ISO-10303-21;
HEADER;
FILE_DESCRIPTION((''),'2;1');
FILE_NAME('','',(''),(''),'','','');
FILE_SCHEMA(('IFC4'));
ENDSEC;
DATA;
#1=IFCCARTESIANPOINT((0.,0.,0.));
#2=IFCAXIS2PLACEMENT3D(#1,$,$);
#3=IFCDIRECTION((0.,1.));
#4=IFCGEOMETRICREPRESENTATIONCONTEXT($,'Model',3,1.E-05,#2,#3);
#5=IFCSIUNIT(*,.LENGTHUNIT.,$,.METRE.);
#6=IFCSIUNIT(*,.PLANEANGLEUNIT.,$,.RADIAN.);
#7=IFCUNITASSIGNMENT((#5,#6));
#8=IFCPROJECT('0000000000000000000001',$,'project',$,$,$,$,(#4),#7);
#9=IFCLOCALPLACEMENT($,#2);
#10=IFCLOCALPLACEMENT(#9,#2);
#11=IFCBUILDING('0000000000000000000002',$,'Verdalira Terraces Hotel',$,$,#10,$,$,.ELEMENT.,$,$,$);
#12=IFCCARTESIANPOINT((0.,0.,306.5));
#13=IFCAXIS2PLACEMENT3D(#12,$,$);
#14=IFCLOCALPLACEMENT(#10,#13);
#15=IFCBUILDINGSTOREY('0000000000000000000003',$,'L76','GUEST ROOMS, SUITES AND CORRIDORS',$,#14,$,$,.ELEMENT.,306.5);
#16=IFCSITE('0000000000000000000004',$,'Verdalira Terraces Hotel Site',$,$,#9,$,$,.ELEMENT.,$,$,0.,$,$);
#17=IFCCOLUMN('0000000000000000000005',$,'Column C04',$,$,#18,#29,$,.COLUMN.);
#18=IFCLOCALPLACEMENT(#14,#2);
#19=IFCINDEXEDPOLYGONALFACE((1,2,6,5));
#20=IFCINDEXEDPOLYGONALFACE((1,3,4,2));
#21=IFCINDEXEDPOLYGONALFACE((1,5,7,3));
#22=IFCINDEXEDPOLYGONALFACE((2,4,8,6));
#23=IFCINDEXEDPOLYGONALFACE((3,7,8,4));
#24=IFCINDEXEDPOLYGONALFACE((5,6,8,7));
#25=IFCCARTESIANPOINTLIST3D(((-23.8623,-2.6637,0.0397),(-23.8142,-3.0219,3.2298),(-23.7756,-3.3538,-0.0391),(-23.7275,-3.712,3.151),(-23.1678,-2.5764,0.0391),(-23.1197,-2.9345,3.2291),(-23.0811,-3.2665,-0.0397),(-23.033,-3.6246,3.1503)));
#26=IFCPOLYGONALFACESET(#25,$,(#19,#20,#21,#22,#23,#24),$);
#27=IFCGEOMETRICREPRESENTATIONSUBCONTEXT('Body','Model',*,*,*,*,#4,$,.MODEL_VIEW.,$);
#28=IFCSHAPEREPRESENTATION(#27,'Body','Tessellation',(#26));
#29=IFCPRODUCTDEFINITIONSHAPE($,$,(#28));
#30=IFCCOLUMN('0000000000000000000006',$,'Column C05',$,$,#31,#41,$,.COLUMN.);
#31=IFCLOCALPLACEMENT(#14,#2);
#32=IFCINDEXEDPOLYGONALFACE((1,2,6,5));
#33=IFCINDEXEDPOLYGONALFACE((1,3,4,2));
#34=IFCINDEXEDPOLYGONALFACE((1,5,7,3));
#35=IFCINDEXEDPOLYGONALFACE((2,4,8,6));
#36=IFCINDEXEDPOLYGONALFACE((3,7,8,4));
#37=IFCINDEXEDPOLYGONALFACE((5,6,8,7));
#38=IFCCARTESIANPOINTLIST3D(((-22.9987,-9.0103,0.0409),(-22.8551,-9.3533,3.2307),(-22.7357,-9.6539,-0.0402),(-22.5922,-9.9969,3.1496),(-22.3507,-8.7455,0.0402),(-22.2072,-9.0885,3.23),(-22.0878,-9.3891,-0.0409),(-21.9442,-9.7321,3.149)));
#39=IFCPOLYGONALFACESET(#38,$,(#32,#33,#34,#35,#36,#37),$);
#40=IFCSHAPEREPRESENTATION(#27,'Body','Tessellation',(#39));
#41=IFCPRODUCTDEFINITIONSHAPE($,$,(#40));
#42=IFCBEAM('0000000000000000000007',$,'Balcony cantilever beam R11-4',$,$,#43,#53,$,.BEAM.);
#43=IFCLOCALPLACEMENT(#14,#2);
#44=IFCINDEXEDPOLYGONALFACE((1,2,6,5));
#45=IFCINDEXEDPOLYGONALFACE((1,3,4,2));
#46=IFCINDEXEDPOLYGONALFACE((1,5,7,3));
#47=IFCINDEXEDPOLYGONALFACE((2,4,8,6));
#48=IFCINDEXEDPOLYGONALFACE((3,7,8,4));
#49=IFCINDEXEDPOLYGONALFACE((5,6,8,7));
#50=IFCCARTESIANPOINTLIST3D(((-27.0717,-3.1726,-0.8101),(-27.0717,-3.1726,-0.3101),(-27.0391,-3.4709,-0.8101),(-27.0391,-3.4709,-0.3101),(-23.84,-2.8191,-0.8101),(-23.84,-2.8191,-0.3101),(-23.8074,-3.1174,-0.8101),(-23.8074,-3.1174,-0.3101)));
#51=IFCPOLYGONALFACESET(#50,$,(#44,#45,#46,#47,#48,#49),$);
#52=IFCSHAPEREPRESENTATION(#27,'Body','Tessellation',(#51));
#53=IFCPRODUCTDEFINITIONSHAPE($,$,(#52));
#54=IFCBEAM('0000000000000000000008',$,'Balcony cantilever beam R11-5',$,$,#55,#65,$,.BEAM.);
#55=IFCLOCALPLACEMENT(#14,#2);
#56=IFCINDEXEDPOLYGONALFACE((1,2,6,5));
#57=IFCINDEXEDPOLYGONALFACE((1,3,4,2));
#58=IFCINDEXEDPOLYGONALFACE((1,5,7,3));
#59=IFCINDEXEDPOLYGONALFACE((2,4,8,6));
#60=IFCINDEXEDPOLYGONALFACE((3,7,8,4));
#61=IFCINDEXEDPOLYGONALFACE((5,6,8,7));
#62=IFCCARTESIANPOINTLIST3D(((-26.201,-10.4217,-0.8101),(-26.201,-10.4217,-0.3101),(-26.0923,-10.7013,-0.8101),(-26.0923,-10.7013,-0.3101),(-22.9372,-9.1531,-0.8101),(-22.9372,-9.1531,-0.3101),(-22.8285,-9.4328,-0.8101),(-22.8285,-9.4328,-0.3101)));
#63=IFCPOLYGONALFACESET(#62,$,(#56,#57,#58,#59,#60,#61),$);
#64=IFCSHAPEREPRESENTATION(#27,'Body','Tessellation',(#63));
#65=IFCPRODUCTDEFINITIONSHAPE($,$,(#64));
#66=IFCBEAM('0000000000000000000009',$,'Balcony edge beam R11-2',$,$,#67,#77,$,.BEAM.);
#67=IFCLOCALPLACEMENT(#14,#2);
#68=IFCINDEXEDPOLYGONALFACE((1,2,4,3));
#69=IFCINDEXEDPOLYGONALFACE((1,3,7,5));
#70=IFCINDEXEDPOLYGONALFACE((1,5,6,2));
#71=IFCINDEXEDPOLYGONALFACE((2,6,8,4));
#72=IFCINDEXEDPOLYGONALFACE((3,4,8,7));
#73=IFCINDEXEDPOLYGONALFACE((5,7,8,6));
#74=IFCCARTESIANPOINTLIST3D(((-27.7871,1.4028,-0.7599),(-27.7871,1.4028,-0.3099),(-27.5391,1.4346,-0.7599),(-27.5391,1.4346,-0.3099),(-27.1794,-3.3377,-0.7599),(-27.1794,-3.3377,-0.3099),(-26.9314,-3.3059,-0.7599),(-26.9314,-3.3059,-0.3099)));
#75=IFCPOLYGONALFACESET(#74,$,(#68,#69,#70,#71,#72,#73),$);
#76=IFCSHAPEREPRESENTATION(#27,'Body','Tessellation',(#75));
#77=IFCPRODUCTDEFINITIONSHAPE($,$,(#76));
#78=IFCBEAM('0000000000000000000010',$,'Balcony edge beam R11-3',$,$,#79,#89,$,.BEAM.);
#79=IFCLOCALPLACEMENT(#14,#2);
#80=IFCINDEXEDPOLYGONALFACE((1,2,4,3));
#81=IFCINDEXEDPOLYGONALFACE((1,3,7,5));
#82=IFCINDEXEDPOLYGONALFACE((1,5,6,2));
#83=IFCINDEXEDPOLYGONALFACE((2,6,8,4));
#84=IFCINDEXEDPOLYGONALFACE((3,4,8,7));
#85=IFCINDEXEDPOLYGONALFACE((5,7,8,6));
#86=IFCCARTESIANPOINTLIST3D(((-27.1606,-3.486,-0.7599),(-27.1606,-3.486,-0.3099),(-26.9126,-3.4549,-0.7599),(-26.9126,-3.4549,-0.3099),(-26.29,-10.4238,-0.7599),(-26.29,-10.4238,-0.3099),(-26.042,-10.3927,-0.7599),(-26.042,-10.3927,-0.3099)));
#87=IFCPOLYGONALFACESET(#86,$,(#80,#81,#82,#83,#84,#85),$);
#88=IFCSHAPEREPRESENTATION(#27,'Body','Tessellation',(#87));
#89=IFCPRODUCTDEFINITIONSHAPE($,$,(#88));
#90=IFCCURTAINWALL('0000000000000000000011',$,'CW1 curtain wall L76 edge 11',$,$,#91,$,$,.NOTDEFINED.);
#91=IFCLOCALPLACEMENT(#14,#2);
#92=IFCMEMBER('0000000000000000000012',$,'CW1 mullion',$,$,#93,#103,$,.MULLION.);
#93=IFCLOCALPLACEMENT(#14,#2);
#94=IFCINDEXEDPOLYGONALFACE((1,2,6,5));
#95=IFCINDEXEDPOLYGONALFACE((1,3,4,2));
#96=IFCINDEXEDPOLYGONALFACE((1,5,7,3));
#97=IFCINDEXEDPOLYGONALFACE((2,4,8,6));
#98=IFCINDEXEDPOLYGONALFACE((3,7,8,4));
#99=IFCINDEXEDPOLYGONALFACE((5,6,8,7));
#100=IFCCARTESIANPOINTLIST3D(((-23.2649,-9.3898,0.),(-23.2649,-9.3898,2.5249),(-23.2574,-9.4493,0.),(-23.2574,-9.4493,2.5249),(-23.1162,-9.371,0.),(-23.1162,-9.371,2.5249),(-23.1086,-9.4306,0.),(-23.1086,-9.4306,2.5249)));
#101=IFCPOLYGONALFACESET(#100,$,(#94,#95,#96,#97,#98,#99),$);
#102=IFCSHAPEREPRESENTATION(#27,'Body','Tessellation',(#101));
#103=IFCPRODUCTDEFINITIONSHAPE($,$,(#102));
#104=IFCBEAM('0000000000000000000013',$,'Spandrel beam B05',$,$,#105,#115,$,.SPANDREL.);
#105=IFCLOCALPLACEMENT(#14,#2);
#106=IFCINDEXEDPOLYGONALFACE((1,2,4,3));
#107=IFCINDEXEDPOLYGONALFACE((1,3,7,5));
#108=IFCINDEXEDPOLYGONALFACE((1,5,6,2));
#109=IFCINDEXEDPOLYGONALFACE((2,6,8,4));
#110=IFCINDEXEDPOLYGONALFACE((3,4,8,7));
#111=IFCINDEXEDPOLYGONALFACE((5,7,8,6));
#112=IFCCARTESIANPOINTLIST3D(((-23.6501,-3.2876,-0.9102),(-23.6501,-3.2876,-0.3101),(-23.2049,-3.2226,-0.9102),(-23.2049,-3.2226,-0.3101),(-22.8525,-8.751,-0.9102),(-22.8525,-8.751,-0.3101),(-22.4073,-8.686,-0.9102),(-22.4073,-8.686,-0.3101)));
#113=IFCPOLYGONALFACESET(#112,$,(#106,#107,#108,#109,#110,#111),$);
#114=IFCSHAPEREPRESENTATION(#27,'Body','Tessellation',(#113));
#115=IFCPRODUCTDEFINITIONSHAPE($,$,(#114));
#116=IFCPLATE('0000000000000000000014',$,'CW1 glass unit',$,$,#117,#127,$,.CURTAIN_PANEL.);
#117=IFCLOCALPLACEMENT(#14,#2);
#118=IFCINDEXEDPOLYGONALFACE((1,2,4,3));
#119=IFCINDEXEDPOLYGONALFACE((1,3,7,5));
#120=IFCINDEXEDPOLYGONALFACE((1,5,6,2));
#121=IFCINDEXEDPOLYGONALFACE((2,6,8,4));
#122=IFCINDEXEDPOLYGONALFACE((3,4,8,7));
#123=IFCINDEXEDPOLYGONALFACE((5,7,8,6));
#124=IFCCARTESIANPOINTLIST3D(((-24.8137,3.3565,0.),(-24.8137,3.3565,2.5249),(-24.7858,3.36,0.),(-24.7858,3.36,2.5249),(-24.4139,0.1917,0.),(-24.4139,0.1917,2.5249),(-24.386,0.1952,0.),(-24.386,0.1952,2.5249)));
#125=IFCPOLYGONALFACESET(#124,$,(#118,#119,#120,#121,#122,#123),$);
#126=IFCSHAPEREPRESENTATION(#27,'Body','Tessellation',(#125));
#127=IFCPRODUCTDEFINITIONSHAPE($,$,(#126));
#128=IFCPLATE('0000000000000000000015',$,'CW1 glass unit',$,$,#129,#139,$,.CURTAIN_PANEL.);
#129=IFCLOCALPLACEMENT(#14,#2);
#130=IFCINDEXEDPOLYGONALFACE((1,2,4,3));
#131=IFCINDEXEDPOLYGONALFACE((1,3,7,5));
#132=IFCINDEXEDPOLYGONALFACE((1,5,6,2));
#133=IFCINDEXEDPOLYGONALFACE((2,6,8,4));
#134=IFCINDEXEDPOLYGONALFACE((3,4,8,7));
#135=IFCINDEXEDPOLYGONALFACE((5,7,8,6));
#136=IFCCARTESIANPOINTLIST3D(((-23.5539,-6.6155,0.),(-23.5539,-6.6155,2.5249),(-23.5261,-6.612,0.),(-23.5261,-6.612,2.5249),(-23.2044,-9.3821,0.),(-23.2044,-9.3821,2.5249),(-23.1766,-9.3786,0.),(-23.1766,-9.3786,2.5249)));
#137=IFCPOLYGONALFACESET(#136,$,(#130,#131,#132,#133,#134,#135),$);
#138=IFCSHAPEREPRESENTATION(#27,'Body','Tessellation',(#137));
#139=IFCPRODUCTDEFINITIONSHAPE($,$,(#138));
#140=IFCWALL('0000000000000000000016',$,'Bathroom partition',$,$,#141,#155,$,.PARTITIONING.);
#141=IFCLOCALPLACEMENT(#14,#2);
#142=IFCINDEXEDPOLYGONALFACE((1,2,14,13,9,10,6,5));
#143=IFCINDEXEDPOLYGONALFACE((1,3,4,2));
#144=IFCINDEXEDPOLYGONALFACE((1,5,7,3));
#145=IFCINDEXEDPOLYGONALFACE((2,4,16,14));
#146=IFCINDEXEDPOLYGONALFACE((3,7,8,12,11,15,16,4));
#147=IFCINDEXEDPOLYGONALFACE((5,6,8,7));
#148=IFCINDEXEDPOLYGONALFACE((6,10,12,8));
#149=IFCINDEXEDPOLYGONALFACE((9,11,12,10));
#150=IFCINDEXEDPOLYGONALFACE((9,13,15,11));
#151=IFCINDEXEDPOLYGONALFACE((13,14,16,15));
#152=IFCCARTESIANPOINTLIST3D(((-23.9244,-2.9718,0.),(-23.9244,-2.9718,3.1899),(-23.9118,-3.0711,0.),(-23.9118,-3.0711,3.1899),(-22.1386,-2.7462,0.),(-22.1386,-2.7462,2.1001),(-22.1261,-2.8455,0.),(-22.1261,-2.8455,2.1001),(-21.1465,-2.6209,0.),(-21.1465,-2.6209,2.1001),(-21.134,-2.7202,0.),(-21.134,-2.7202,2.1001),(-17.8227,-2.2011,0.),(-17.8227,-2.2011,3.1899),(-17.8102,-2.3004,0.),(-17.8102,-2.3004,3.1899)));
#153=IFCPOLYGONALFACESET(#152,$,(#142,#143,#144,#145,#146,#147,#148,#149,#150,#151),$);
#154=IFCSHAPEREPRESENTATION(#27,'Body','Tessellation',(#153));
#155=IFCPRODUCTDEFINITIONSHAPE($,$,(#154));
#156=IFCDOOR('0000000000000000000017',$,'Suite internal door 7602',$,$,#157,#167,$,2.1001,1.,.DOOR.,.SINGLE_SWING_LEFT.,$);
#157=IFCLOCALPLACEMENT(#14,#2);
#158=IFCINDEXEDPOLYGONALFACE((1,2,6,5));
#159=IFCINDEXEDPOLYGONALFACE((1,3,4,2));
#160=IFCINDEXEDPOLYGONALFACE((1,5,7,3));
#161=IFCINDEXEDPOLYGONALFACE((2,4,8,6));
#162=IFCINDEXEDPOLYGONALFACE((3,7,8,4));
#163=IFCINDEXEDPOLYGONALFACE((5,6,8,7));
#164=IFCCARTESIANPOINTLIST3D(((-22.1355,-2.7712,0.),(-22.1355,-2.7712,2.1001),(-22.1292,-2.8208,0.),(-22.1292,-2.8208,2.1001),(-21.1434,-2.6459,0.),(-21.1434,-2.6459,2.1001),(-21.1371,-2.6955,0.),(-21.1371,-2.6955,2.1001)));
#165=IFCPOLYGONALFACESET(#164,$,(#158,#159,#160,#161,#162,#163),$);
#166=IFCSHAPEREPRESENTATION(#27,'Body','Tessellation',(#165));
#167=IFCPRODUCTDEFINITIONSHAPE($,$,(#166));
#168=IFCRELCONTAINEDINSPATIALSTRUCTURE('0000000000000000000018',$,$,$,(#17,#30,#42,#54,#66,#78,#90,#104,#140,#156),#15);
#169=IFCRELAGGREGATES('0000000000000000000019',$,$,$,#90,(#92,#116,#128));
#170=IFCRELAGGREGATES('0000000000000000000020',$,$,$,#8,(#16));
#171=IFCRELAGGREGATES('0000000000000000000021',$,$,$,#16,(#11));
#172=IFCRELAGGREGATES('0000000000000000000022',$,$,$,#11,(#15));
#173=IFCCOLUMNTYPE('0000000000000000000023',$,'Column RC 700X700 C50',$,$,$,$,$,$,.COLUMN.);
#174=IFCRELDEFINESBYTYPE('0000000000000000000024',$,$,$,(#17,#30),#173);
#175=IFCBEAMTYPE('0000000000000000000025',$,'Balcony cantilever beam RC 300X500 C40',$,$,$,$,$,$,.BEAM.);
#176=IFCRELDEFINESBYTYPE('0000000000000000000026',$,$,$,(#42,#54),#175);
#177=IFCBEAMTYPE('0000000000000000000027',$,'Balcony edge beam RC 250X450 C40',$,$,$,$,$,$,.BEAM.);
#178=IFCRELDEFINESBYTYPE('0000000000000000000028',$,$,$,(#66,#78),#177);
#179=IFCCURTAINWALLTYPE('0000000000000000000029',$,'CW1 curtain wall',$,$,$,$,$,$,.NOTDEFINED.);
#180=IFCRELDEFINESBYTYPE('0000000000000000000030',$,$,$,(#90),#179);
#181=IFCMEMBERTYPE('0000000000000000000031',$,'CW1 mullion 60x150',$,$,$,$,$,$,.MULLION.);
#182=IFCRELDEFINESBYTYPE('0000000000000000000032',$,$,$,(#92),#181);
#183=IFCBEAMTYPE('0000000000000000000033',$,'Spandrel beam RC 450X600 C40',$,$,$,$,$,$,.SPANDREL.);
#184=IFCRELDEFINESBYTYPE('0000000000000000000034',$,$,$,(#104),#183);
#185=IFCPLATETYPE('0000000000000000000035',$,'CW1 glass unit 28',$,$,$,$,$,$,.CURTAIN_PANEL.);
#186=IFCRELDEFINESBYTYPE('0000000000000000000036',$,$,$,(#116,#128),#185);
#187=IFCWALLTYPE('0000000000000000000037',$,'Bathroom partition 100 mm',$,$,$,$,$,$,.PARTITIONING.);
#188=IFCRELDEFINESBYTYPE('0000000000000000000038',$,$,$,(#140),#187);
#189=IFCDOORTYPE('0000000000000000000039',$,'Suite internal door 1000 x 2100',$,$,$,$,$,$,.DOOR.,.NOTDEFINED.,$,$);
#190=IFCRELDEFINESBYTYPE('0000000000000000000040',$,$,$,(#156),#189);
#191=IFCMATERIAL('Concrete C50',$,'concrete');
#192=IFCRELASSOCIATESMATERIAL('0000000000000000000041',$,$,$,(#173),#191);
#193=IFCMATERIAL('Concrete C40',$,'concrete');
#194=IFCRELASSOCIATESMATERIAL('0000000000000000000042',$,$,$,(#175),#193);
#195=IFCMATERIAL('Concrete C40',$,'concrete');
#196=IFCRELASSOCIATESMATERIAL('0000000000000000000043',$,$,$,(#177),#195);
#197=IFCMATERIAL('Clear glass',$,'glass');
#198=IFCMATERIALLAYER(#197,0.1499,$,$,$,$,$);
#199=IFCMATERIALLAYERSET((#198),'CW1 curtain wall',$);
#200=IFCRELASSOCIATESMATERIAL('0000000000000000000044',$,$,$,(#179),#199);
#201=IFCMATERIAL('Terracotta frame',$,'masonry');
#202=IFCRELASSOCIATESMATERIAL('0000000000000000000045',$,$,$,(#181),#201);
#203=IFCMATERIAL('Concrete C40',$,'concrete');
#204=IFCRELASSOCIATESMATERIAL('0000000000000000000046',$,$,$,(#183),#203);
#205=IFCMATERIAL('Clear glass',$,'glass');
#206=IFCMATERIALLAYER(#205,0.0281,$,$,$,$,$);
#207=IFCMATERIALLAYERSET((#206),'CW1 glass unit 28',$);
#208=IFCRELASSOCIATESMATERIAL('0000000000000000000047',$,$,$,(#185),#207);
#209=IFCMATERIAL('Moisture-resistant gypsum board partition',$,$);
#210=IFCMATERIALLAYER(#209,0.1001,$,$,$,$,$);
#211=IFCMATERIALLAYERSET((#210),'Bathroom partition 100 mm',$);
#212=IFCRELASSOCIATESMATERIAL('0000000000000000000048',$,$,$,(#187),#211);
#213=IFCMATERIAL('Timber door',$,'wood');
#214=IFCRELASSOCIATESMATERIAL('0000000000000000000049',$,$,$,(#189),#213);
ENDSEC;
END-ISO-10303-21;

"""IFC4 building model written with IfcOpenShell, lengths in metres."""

from ifc_helpers import new_model, si_unit, direction, frame, frame_2d, origin, origin_2d, place, context, subcontext, project, spatial, rectangle, extrude, material, layer, layer_set, material_profile, profile_set, type_object, element, fill, aggregate, save


model = new_model("IFC4")

# Units and contexts
model_context = context("Model", 3, precision=1e-05, world=origin(), true_north=direction((0.0, 1.0)))
body_context = subcontext(model_context, "Body", "Model", "MODEL_VIEW")
ifc_project = project(units=[si_unit("LENGTHUNIT", "METRE"), si_unit("PLANEANGLEUNIT", "RADIAN")], contexts=[model_context])

# Site, building, storey
site_placement = place(None, origin())
site = spatial("IfcSite", under=ifc_project, at=site_placement, Name="Verdalira Terraces Hotel Site", CompositionType="ELEMENT", RefElevation=0.0)
building_placement = place(site_placement, origin())
building = spatial("IfcBuilding", under=site, at=building_placement, Name="Verdalira Terraces Hotel", CompositionType="ELEMENT")
storey_placement = place(building_placement, frame((0.0, 0.0, 306.5)))
storey = spatial("IfcBuildingStorey", under=building, at=storey_placement, Name="L76", Description="GUEST ROOMS, SUITES AND CORRIDORS", CompositionType="ELEMENT", Elevation=306.5)

# Columns
ifc_material_1 = material(Name="Concrete C50", Category="concrete")
ifc_material_profile_1 = material_profile(ifc_material_1, rectangle(XDim=0.7, YDim=0.7, at=origin_2d()), Name="RC 700X700")
ifc_profile_set_1 = profile_set([ifc_material_profile_1], Name="Concrete C50")
column_type = type_object("IfcColumnType", Name="Column RC 700X700 C50", PredefinedType="COLUMN", material=ifc_profile_set_1)
column_1_placement = place(storey_placement, frame((-23.4717, -2.9651, 0.0), z_axis=(0.014981, -0.111563, 0.993644), x_axis=(0.123886, -0.985892, -0.11256)))
element("IfcColumn", 1, at=column_1_placement, inside=storey, type_object=column_type, Name="Column C04", PredefinedType="COLUMN", context=body_context, shape_type="SweptSolid", body=[
    extrude(rectangle(XDim=0.7, YDim=0.7, at=origin_2d()), origin(), (0.0, 0.0, 1.0), 3.2104),
])
column_2_placement = place(storey_placement, frame((-22.5432, -9.1997, 0.0), z_axis=(0.0447, -0.106808, 0.993274), x_axis=(-0.37567, 0.919493, 0.11578)))
element("IfcColumn", 2, at=column_2_placement, inside=storey, type_object=column_type, Name="Column C05", PredefinedType="COLUMN", context=body_context, shape_type="SweptSolid", body=[
    extrude(rectangle(XDim=0.7, YDim=0.7, at=origin_2d()), origin(), (0.0, 0.0, 1.0), 3.2114),
])

# Beams
ifc_material_2 = material(Name="Concrete C40", Category="concrete")
ifc_material_profile_2 = material_profile(ifc_material_2, rectangle(XDim=0.3, YDim=0.5, at=origin_2d()), Name="RC 300X500")
ifc_profile_set_2 = profile_set([ifc_material_profile_2], Name="Concrete C40")
beam_type_1 = type_object("IfcBeamType", Name="Balcony cantilever beam RC 300X500 C40", PredefinedType="BEAM", material=ifc_profile_set_2)
beam_1_placement = place(storey_placement, frame((-23.8237, -2.9683, -0.5601), z_axis=(-0.99407, -0.108742, 0.0), x_axis=(0.108742, -0.99407, 0.0)))
element("IfcBeam", 3, at=beam_1_placement, inside=storey, type_object=beam_type_1, Name="Balcony cantilever beam R11-4", PredefinedType="BEAM", context=body_context, shape_type="SweptSolid", body=[
    extrude(rectangle(XDim=0.3, YDim=0.5, at=origin_2d()), origin(), (0.0, 0.0, 1.0), 3.251),
])
beam_2_placement = place(storey_placement, frame((-22.8828, -9.293, -0.5601), z_axis=(-0.932077, -0.362261, 0.0), x_axis=(0.362261, -0.932077, 0.0)))
element("IfcBeam", 4, at=beam_2_placement, inside=storey, type_object=beam_type_1, Name="Balcony cantilever beam R11-5", PredefinedType="BEAM", context=body_context, shape_type="SweptSolid", body=[
    extrude(rectangle(XDim=0.3, YDim=0.5, at=origin_2d()), origin(), (0.0, 0.0, 1.0), 3.5017),
])
ifc_material_3 = material(Name="Concrete C40", Category="concrete")
ifc_material_profile_3 = material_profile(ifc_material_3, rectangle(XDim=0.25, YDim=0.45, at=origin_2d()), Name="RC 250X450")
ifc_profile_set_3 = profile_set([ifc_material_profile_3], Name="Concrete C40")
beam_type_2 = type_object("IfcBeamType", Name="Balcony edge beam RC 250X450 C40", PredefinedType="BEAM", material=ifc_profile_set_3)
beam_3_placement = place(storey_placement, frame((-27.6631, 1.4187, -0.5349), z_axis=(0.127146, -0.991884, 0.0), x_axis=(0.991884, 0.127146, 0.0)))
element("IfcBeam", 5, at=beam_3_placement, inside=storey, type_object=beam_type_2, Name="Balcony edge beam R11-2", PredefinedType="BEAM", context=body_context, shape_type="SweptSolid", body=[
    extrude(rectangle(XDim=0.25, YDim=0.45, at=origin_2d()), origin(), (0.0, 0.0, 1.0), 4.7793),
])
beam_4_placement = place(storey_placement, frame((-27.0366, -3.4705, -0.5349), z_axis=(0.124512, -0.992218, 0.0), x_axis=(0.992218, 0.124512, 0.0)))
element("IfcBeam", 6, at=beam_4_placement, inside=storey, type_object=beam_type_2, Name="Balcony edge beam R11-3", PredefinedType="BEAM", context=body_context, shape_type="SweptSolid", body=[
    extrude(rectangle(XDim=0.25, YDim=0.45, at=origin_2d()), origin(), (0.0, 0.0, 1.0), 6.9922),
])

# Curtain wall, member
ifc_material_4 = material(Name="Clear glass", Category="glass")
ifc_layer_1 = layer(ifc_material_4, 0.1499)
ifc_layer_set_1 = layer_set([ifc_layer_1], Name="CW1 curtain wall")
curtain_wall_type = type_object("IfcCurtainWallType", Name="CW1 curtain wall", PredefinedType="NOTDEFINED", material=ifc_layer_set_1)
curtain_wall_placement = place(storey_placement, origin())
curtain_wall = element("IfcCurtainWall", 7, at=curtain_wall_placement, inside=storey, type_object=curtain_wall_type, Name="CW1 curtain wall L76 edge 11", PredefinedType="NOTDEFINED")
ifc_material_5 = material(Name="Terracotta frame", Category="masonry")
ifc_material_profile_4 = material_profile(ifc_material_5, rectangle(XDim=0.0601, YDim=0.1499, at=origin_2d()), Name="MU 60x150")
ifc_profile_set_4 = profile_set([ifc_material_profile_4], Name="Terracotta frame")
member_type = type_object("IfcMemberType", Name="CW1 mullion 60x150", PredefinedType="MULLION", material=ifc_profile_set_4)
member_placement = place(storey_placement, frame((-23.1868, -9.4102, 0.0), z_axis=(0.0, 0.0, 1.0), x_axis=(0.125333, -0.992115, 0.0)))
member = element("IfcMember", 8, at=member_placement, type_object=member_type, Name="CW1 mullion", PredefinedType="MULLION", context=body_context, shape_type="SweptSolid", body=[
    extrude(rectangle(XDim=0.0601, YDim=0.1499, at=origin_2d()), origin(), (0.0, 0.0, 1.0), 2.5249),
])

# Beam
ifc_material_6 = material(Name="Concrete C40", Category="concrete")
ifc_material_profile_5 = material_profile(ifc_material_6, rectangle(XDim=0.45, YDim=0.6001, at=origin_2d()), Name="RC 450X600")
ifc_profile_set_5 = profile_set([ifc_material_profile_5], Name="Concrete C40")
beam_type_3 = type_object("IfcBeamType", Name="Spandrel beam RC 450X600 C40", PredefinedType="SPANDREL", material=ifc_profile_set_5)
beam_5_placement = place(storey_placement, frame((-23.4275, -3.2551, -0.6101), z_axis=(0.14446, -0.989511, 0.0), x_axis=(0.989511, 0.14446, 0.0)))
element("IfcBeam", 9, at=beam_5_placement, inside=storey, type_object=beam_type_3, Name="Spandrel beam B05", PredefinedType="SPANDREL", context=body_context, shape_type="SweptSolid", body=[
    extrude(rectangle(XDim=0.45, YDim=0.6001, at=origin_2d()), origin(), (0.0, 0.0, 1.0), 5.5212),
])

# Plates
ifc_material_7 = material(Name="Clear glass", Category="glass")
ifc_layer_2 = layer(ifc_material_7, 0.0281)
ifc_layer_set_2 = layer_set([ifc_layer_2], Name="CW1 glass unit 28")
plate_type = type_object("IfcPlateType", Name="CW1 glass unit 28", PredefinedType="CURTAIN_PANEL", material=ifc_layer_set_2)
plate_1_placement = place(storey_placement, frame((-24.5999, 1.7759, 0.0), z_axis=(0.0, 0.0, 1.0), x_axis=(0.125333, -0.992115, 0.0)))
plate_1 = element("IfcPlate", 10, at=plate_1_placement, type_object=plate_type, Name="CW1 glass unit", PredefinedType="CURTAIN_PANEL", context=body_context, shape_type="SweptSolid", body=[
    extrude(rectangle(XDim=3.1899, YDim=0.0281, at=origin_2d()), origin(), (0.0, 0.0, 1.0), 2.5249),
])
plate_2_placement = place(storey_placement, frame((-23.3652, -7.9971, 0.0), z_axis=(0.0, 0.0, 1.0), x_axis=(0.125333, -0.992115, 0.0)))
plate_2 = element("IfcPlate", 11, at=plate_2_placement, type_object=plate_type, Name="CW1 glass unit", PredefinedType="CURTAIN_PANEL", context=body_context, shape_type="SweptSolid", body=[
    extrude(rectangle(XDim=2.7886, YDim=0.0281, at=origin_2d()), origin(), (0.0, 0.0, 1.0), 2.5249),
])
aggregate(curtain_wall, [member, plate_1, plate_2])

# Wall, opening, door
ifc_material_8 = material(Name="Moisture-resistant gypsum board partition")
ifc_layer_3 = layer(ifc_material_8, 0.1001)
ifc_layer_set_3 = layer_set([ifc_layer_3], Name="Bathroom partition 100 mm")
wall_type_1 = type_object("IfcWallType", Name="Bathroom partition 100 mm", PredefinedType="PARTITIONING", material=ifc_layer_set_3)
wall_1_placement = place(storey_placement, frame((-23.9182, -3.0215, 0.0), z_axis=(0.0, 0.0, 1.0), x_axis=(0.992116, 0.125324, 0.0)))
wall_1 = element("IfcWall", 12, at=wall_1_placement, inside=storey, type_object=wall_type_1, Name="Bathroom partition", PredefinedType="PARTITIONING", context=body_context, shape_type="SweptSolid", body=[
    extrude(rectangle(XDim=6.1501, YDim=0.1001, at=frame_2d((3.0752, 0.0))), origin(), (0.0, 0.0, 1.0), 3.1899),
])
opening_1_placement = place(wall_1_placement, frame((1.8, 0.0, 0.0)))
opening_1 = element("IfcOpeningElement", 13, at=opening_1_placement, cuts=wall_1, PredefinedType="OPENING", context=body_context, shape_type="SweptSolid", body=[
    extrude(rectangle(XDim=1.0, YDim=2.1001, at=frame_2d((0.5, 1.05))), frame((0.0, 0.0601, 0.0), z_axis=(0.0, -1.0, 0.0), x_axis=(1.0, 0.0, 0.0)), (0.0, 0.0, 1.0), 0.1201),
])
ifc_material_9 = material(Name="Timber door", Category="wood")
door_type_1 = type_object("IfcDoorType", Name="Suite internal door 1000 x 2100", OperationType="NOTDEFINED", PredefinedType="DOOR", material=ifc_material_9)
door_1_placement = place(opening_1_placement, origin())
door_1 = element("IfcDoor", 14, at=door_1_placement, inside=storey, type_object=door_type_1, Name="Suite internal door 7602", OperationType="SINGLE_SWING_LEFT", OverallHeight=2.1001, OverallWidth=1.0, PredefinedType="DOOR", context=body_context, shape_type="SweptSolid", body=[
    extrude(rectangle(XDim=1.0, YDim=2.1001, at=frame_2d((0.5, 1.05))), frame((0.0, 0.0249, 0.0), z_axis=(0.0, -1.0, 0.0), x_axis=(1.0, 0.0, 0.0)), (0.0, 0.0, 1.0), 0.05),
])
fill(opening_1, door_1)

save(model, "model.ifc")
